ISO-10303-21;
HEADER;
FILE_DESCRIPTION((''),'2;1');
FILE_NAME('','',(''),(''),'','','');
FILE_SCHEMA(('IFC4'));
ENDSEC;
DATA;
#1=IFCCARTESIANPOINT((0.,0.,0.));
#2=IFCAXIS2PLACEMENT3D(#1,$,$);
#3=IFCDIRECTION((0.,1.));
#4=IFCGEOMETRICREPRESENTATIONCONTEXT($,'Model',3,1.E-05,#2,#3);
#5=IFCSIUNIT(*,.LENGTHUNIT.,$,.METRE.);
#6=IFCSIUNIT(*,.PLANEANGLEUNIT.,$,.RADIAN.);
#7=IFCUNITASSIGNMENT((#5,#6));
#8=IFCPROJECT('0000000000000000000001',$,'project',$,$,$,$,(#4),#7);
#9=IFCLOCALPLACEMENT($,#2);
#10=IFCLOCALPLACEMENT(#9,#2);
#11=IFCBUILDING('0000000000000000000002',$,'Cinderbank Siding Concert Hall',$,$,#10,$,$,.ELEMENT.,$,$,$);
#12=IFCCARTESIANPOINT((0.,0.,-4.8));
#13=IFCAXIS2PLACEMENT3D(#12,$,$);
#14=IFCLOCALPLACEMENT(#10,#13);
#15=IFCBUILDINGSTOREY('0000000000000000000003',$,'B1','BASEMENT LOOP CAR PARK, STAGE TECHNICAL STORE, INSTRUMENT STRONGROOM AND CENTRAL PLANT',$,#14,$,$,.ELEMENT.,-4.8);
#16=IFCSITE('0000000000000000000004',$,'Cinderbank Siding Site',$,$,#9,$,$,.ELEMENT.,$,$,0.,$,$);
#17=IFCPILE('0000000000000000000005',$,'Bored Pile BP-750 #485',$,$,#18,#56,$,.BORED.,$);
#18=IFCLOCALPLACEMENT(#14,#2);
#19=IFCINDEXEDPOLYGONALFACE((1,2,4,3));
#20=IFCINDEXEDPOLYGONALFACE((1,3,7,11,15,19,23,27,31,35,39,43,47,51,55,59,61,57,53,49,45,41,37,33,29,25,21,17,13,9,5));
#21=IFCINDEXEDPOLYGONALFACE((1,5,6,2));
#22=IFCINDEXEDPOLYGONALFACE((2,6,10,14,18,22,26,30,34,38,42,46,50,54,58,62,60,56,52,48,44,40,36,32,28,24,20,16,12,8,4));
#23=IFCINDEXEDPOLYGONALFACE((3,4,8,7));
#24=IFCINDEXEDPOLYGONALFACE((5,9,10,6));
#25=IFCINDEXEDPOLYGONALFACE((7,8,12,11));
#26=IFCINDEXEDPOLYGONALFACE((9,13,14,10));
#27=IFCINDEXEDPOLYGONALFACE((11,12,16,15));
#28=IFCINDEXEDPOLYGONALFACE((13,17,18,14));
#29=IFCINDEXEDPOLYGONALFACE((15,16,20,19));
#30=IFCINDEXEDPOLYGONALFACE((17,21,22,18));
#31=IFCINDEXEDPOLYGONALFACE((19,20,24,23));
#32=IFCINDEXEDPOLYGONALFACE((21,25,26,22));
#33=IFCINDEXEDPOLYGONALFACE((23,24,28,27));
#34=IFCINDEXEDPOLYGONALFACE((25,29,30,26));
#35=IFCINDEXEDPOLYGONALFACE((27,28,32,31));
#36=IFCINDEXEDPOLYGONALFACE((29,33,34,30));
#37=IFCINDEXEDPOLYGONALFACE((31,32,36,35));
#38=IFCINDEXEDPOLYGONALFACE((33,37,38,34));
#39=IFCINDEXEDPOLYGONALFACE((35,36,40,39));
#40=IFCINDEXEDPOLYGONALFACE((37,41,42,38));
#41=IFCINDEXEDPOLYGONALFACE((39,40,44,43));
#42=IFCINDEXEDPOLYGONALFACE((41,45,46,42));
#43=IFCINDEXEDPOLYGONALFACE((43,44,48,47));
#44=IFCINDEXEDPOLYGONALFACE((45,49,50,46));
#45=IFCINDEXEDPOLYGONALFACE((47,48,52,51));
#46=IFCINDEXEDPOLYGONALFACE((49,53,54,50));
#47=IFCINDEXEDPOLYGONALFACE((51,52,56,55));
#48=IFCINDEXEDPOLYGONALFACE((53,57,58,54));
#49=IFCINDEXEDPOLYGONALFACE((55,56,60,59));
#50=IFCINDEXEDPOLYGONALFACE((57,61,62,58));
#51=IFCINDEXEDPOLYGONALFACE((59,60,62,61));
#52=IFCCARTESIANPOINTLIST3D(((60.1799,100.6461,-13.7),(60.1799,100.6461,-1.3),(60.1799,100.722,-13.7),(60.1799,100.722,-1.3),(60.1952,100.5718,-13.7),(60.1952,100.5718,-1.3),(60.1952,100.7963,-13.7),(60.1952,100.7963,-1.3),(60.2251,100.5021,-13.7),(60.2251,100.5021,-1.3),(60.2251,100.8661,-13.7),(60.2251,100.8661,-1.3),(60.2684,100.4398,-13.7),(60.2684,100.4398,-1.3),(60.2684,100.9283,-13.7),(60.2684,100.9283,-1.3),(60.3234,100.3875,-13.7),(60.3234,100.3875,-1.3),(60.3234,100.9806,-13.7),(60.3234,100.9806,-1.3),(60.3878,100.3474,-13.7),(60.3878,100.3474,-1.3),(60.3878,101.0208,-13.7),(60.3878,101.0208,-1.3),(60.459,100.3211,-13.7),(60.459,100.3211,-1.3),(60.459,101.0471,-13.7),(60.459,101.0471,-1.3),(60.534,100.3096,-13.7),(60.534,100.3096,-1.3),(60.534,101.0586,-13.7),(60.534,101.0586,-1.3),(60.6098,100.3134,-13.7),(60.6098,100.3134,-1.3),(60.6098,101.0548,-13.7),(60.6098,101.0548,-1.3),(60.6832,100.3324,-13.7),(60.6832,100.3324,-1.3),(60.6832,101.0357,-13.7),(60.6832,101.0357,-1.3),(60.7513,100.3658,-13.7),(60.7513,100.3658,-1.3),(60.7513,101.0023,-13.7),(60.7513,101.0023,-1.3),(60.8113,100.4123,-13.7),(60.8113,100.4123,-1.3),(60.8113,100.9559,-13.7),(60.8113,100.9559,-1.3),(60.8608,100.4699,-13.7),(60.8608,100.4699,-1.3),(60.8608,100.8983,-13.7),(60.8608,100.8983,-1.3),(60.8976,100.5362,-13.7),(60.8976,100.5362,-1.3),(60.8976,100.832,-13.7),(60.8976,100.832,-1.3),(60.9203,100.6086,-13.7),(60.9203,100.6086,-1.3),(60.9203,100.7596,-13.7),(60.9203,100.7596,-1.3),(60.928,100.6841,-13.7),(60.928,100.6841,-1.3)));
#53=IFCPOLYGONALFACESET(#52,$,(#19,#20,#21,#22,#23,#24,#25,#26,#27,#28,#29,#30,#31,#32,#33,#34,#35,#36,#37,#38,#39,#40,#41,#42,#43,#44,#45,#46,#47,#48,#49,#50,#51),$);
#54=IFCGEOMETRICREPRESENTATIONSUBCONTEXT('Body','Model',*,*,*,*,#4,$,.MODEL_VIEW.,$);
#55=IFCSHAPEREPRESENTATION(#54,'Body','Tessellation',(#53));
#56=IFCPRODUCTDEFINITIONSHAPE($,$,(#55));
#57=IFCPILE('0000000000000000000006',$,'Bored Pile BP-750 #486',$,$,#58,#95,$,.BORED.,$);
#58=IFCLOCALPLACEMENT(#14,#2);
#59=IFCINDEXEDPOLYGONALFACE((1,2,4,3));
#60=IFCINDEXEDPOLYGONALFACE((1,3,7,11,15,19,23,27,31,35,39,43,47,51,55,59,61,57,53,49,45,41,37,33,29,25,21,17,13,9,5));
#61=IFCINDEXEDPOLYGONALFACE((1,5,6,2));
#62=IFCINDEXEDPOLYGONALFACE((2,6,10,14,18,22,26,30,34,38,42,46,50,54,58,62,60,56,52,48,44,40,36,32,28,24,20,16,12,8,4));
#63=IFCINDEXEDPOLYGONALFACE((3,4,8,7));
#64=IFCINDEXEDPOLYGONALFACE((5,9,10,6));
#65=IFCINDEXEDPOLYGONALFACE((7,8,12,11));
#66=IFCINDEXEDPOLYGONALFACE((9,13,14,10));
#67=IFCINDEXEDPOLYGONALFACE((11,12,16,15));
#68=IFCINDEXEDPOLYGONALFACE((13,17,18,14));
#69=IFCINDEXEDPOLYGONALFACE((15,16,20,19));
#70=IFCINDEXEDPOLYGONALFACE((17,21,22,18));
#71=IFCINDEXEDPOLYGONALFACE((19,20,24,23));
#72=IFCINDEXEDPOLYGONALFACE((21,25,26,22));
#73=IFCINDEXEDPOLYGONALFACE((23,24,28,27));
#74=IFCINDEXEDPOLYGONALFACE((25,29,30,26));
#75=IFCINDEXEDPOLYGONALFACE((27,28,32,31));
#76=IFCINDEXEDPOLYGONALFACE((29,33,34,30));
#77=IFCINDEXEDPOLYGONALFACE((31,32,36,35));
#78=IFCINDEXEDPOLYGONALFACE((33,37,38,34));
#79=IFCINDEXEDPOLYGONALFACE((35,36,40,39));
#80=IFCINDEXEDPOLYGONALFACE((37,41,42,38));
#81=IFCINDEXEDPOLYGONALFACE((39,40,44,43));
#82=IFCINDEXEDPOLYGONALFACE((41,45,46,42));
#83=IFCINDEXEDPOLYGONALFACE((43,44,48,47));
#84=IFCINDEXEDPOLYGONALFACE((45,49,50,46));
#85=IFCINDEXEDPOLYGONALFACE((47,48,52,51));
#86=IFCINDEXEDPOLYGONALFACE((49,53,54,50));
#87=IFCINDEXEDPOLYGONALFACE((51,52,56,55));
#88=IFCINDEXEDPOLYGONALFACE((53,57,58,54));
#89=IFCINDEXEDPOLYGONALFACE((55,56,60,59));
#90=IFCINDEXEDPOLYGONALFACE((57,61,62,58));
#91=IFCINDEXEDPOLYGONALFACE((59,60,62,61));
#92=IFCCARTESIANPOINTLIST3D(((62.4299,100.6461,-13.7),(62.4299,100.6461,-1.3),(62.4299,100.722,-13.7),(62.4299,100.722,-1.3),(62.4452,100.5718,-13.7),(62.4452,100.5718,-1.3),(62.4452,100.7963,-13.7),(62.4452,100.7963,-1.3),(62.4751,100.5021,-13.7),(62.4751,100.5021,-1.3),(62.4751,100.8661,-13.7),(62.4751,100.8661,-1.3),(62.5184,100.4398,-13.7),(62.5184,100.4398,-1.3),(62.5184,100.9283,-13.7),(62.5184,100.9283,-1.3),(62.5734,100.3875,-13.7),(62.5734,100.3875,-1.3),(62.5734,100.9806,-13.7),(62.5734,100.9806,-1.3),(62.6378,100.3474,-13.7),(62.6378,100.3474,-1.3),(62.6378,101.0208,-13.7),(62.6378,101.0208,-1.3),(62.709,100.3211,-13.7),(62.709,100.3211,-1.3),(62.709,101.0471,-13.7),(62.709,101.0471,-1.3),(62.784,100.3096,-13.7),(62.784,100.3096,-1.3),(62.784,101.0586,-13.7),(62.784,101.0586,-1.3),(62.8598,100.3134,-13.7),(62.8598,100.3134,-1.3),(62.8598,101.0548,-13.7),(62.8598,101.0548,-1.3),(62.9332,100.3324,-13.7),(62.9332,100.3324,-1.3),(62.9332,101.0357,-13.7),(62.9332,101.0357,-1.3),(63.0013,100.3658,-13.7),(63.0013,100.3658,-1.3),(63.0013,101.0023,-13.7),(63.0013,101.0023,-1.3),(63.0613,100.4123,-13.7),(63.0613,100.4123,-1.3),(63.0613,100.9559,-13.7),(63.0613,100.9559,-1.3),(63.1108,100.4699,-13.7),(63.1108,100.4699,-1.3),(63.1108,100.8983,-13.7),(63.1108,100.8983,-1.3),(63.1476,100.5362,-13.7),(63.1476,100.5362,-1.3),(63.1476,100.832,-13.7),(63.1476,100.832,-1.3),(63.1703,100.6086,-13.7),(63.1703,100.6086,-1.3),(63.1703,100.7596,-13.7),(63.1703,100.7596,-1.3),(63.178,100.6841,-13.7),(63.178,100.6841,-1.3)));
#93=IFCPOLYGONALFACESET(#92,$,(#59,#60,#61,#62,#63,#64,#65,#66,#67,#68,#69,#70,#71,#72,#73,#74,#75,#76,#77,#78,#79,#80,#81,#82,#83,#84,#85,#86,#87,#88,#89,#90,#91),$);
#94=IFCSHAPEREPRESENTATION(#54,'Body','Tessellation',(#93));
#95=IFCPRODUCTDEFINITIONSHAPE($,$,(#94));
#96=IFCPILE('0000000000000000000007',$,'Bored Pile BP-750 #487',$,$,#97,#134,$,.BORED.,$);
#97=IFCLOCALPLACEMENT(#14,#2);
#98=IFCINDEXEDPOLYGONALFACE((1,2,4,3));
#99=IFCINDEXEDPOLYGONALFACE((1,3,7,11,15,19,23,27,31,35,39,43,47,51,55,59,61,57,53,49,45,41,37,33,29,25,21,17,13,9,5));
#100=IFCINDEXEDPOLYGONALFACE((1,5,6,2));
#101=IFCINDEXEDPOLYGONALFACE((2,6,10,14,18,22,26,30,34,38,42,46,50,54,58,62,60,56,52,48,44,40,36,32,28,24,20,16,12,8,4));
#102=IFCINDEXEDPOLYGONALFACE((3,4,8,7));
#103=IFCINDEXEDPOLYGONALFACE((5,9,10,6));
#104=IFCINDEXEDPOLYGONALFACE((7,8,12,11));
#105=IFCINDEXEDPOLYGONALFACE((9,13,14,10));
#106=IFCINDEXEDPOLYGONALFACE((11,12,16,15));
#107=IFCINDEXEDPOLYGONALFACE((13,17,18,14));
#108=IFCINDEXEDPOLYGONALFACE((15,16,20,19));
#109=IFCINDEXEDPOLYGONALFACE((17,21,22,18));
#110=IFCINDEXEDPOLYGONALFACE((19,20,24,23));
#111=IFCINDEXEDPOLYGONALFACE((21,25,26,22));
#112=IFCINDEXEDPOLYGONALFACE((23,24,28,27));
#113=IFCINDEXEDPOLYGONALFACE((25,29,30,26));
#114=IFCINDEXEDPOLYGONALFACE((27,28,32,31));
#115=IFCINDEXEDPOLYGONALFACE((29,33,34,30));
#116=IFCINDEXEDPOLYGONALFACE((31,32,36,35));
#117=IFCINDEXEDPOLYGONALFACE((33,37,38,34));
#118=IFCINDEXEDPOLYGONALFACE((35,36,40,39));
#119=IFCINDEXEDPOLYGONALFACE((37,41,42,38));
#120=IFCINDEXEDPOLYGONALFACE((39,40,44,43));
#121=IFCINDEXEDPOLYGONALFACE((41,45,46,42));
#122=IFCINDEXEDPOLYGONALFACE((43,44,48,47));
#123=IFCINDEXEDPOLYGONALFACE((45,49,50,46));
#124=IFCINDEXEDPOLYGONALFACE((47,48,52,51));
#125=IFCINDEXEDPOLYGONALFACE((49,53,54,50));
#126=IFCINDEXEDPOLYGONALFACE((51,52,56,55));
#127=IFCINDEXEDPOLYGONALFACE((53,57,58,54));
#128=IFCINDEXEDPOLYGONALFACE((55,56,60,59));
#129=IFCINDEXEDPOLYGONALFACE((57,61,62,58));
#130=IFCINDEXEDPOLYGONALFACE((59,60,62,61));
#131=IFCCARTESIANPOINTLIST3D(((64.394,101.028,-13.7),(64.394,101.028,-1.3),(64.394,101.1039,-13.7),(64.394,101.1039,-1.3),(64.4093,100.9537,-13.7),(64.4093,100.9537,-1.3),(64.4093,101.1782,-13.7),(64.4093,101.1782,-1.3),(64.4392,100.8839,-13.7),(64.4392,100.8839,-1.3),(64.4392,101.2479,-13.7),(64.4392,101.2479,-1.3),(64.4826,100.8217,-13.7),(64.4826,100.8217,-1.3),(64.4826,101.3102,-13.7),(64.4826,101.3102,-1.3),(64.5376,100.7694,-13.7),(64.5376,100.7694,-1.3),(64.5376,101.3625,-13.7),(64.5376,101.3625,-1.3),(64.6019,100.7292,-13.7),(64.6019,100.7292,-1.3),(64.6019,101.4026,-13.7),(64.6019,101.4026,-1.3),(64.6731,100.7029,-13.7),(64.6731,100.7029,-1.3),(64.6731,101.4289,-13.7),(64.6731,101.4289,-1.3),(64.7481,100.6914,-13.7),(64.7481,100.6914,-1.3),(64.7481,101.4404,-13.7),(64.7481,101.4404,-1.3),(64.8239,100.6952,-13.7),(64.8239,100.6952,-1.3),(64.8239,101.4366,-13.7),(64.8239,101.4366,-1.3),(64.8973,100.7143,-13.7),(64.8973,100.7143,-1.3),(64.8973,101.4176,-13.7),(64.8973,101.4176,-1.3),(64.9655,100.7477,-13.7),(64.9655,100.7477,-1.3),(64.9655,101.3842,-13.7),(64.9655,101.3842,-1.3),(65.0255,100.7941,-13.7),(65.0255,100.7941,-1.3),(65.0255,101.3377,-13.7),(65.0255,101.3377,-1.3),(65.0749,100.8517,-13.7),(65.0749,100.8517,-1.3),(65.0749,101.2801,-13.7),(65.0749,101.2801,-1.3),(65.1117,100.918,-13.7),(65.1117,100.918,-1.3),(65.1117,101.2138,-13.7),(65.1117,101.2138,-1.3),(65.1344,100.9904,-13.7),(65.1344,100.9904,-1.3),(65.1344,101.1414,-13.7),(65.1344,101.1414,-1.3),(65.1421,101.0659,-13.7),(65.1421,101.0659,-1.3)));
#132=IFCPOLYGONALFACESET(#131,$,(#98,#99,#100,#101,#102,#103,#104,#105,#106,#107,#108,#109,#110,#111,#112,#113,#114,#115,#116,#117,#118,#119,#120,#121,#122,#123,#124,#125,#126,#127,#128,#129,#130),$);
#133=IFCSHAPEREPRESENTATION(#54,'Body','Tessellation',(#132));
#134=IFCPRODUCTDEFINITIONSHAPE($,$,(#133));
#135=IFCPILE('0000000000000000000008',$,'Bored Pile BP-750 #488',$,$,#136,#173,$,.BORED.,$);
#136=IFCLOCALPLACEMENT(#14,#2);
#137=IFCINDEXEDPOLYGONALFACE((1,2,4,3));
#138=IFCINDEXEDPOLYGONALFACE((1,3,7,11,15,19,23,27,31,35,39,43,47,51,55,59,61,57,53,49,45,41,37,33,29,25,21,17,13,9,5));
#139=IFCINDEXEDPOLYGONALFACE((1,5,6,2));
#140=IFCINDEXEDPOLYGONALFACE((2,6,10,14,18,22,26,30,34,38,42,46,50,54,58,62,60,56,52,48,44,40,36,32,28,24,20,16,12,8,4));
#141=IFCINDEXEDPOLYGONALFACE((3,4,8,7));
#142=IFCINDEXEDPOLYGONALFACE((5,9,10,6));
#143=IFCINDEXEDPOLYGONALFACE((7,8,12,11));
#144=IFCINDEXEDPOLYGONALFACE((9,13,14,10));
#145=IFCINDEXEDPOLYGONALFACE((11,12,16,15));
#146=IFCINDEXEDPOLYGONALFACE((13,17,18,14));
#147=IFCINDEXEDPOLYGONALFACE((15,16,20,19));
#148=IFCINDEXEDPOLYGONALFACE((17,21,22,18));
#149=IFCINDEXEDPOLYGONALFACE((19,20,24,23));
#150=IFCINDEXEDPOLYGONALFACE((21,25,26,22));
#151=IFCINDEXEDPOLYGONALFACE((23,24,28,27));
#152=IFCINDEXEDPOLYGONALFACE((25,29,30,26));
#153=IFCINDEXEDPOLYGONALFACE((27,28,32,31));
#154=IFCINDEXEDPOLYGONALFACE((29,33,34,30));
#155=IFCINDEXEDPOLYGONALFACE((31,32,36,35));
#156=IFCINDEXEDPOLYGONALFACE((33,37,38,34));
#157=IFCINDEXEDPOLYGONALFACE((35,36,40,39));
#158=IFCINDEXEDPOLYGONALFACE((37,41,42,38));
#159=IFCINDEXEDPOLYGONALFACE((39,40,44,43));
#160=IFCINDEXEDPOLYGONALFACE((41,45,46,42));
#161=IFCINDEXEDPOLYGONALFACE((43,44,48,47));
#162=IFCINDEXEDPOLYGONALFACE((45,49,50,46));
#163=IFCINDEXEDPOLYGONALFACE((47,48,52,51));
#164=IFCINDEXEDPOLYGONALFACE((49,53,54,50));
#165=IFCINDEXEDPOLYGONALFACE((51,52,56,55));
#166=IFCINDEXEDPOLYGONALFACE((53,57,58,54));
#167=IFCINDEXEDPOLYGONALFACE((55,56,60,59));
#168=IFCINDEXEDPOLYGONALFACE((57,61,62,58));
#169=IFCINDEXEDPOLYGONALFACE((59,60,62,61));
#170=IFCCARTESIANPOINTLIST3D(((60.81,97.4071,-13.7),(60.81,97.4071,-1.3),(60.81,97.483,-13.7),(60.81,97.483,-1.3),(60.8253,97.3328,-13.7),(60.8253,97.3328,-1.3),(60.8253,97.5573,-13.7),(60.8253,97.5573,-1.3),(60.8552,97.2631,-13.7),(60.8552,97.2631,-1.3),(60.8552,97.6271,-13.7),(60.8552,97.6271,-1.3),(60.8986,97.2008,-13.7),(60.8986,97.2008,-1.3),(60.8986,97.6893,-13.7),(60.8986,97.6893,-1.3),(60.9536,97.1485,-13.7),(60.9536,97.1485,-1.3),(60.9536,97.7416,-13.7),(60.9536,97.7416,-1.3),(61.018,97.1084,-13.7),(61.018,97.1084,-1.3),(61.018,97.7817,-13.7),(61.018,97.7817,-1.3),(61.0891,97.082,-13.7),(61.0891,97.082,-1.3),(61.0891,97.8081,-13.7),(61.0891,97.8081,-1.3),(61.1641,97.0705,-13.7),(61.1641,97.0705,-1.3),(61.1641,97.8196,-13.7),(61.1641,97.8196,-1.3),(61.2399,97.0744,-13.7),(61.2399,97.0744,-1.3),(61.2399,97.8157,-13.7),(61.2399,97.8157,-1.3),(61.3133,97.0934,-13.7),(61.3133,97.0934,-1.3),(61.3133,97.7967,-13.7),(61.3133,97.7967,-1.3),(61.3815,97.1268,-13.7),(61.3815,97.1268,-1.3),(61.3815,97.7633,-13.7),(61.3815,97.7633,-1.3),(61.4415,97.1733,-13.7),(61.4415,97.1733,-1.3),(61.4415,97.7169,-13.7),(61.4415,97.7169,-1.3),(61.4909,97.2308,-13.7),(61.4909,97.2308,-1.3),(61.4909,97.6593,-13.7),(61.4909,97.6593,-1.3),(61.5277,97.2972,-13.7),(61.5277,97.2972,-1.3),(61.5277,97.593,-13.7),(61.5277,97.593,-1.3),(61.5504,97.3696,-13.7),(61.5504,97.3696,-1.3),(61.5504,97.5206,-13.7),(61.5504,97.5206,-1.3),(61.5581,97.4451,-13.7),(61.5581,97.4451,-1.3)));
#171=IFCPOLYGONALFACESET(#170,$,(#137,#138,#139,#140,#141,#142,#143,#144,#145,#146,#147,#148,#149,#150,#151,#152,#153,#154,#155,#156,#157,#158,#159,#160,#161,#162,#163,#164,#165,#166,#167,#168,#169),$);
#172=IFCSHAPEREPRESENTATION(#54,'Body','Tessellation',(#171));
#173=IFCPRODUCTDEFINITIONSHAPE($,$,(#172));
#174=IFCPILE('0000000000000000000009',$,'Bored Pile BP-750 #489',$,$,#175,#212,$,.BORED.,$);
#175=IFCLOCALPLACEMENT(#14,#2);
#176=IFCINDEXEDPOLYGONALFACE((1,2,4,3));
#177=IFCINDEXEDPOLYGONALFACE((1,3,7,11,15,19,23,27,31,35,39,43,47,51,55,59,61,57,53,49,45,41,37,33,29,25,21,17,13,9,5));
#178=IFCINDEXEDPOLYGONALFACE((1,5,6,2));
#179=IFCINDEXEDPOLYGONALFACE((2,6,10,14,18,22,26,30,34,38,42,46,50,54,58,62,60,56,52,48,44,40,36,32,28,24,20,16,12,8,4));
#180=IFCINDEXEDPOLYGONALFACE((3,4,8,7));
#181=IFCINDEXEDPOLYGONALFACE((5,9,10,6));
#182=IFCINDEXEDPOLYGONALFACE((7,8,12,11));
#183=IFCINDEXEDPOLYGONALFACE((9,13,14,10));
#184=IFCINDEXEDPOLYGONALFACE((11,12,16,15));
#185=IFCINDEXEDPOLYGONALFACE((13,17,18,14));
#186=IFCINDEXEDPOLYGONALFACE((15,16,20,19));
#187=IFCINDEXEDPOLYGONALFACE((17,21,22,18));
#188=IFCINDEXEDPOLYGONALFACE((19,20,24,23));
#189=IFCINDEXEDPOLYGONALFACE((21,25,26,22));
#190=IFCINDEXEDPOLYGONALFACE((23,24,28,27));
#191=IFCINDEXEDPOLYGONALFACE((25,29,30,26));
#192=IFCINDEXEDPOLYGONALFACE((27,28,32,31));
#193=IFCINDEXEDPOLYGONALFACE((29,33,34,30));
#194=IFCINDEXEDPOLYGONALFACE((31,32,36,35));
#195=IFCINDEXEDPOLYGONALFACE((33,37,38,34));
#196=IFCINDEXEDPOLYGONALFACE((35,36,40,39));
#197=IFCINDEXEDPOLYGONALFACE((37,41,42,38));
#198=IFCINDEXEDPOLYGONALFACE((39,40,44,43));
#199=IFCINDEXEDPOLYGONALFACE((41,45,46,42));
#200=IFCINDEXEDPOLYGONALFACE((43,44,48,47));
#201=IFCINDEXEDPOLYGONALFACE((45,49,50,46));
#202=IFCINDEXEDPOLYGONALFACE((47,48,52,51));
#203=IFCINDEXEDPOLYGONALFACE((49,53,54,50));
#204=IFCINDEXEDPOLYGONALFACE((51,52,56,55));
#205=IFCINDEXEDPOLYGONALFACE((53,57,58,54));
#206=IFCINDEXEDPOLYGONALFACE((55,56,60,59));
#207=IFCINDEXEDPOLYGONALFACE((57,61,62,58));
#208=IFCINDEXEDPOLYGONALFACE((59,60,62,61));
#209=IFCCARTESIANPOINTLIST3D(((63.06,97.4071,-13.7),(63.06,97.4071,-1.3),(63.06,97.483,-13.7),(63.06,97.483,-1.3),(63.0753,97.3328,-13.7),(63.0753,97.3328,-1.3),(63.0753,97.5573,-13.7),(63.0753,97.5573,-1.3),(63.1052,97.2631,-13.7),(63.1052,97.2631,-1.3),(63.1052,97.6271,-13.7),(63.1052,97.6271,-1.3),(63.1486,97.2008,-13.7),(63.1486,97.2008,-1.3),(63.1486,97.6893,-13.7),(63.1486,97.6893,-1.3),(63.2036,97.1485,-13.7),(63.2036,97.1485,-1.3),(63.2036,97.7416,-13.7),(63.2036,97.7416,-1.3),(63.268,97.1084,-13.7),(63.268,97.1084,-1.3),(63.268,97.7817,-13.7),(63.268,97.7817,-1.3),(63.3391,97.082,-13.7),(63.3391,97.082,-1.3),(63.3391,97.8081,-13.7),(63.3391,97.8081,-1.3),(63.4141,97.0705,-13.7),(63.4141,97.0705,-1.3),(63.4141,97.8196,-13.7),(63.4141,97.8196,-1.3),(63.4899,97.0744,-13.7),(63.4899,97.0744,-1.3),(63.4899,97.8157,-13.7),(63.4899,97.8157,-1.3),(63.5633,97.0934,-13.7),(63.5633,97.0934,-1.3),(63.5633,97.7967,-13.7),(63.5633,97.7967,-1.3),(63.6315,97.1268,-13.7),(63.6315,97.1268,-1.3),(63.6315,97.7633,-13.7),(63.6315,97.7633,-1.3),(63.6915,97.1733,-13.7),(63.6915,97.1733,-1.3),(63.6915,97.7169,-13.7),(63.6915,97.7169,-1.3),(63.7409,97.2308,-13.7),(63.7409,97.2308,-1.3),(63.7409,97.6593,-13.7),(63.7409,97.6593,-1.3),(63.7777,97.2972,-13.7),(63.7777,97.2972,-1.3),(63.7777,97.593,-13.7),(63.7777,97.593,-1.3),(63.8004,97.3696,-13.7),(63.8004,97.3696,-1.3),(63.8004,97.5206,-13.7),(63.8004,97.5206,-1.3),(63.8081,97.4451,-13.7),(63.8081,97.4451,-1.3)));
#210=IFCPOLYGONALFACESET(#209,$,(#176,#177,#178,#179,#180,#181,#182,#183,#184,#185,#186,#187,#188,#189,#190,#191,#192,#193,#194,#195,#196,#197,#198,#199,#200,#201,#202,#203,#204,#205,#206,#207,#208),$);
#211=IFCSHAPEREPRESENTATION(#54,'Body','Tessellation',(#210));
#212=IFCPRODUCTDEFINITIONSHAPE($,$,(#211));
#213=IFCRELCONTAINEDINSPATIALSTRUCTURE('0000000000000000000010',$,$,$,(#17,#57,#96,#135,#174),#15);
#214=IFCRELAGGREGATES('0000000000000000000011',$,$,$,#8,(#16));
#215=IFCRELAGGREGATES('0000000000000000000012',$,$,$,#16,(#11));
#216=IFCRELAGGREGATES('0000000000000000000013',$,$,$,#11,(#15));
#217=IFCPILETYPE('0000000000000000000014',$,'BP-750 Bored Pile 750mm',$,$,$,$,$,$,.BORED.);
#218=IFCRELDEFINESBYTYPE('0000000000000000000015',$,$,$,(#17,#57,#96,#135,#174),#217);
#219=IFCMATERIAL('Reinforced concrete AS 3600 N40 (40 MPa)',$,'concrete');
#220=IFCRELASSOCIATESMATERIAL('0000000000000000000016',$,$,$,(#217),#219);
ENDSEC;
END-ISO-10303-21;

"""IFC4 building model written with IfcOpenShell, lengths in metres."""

from ifc_helpers import new_model, si_unit, direction, frame, origin, origin_2d, place, context, subcontext, project, spatial, circle, extrude, material, material_profile, profile_set, type_object, element, save


model = new_model("IFC4")

# Units and contexts
model_context = context("Model", 3, precision=1e-05, world=origin(), true_north=direction((0.0, 1.0)))
body_context = subcontext(model_context, "Body", "Model", "MODEL_VIEW")
ifc_project = project(units=[si_unit("LENGTHUNIT", "METRE"), si_unit("PLANEANGLEUNIT", "RADIAN")], contexts=[model_context])

# Site, building, storey
site_placement = place(None, origin())
site = spatial("IfcSite", under=ifc_project, at=site_placement, Name="Cinderbank Siding Site", CompositionType="ELEMENT", RefElevation=0.0)
building_placement = place(site_placement, origin())
building = spatial("IfcBuilding", under=site, at=building_placement, Name="Cinderbank Siding Concert Hall", CompositionType="ELEMENT")
storey_placement = place(building_placement, frame((0.0, 0.0, -4.8)))
storey = spatial("IfcBuildingStorey", under=building, at=storey_placement, Name="B1", Description="BASEMENT LOOP CAR PARK, STAGE TECHNICAL STORE, INSTRUMENT STRONGROOM AND CENTRAL PLANT", CompositionType="ELEMENT", Elevation=-4.8)

# Piles
ifc_material_1 = material(Name="Reinforced concrete AS 3600 N40 (40 MPa)", Category="concrete")
ifc_material_profile_1 = material_profile(ifc_material_1, circle(Radius=0.375, at=origin_2d()), Name="PILE-750DIA", Category="LoadBearing")
ifc_profile_set_1 = profile_set([ifc_material_profile_1], Name="Reinforced concrete AS 3600 N40 (40 MPa)")
pile_type_1 = type_object("IfcPileType", Name="BP-750 Bored Pile 750mm", PredefinedType="BORED", material=ifc_profile_set_1)
for number, where, z_axis, x_axis, name in (
    (1, (60.553, 100.6841, -1.3), (0.0, 0.0, -1.0), (1.0, 0.0, 0.0), "Bored Pile BP-750 #485"),
    (2, (62.803, 100.6841, -1.3), (0.0, 0.0, -1.0), (1.0, 0.0, 0.0), "Bored Pile BP-750 #486"),
    (3, (64.7671, 101.0659, -1.3), (0.0, 0.0, -1.0), (1.0, 0.0, 0.0), "Bored Pile BP-750 #487"),
    (4, (61.1831, 97.4451, -1.3), (0.0, 0.0, -1.0), (1.0, 0.0, 0.0), "Bored Pile BP-750 #488"),
    (5, (63.4331, 97.4451, -1.3), (0.0, 0.0, -1.0), (1.0, 0.0, 0.0), "Bored Pile BP-750 #489"),
):
    element("IfcPile", number, at=place(storey_placement, frame(where, z_axis=z_axis, x_axis=x_axis)), inside=storey, type_object=pile_type_1, Name=name, PredefinedType="BORED", context=body_context, shape_type="SweptSolid", body=[
        extrude(circle(Radius=0.375, at=origin_2d()), origin(), (0.0, 0.0, 1.0), 12.3999),
    ])

save(model, "model.ifc")
